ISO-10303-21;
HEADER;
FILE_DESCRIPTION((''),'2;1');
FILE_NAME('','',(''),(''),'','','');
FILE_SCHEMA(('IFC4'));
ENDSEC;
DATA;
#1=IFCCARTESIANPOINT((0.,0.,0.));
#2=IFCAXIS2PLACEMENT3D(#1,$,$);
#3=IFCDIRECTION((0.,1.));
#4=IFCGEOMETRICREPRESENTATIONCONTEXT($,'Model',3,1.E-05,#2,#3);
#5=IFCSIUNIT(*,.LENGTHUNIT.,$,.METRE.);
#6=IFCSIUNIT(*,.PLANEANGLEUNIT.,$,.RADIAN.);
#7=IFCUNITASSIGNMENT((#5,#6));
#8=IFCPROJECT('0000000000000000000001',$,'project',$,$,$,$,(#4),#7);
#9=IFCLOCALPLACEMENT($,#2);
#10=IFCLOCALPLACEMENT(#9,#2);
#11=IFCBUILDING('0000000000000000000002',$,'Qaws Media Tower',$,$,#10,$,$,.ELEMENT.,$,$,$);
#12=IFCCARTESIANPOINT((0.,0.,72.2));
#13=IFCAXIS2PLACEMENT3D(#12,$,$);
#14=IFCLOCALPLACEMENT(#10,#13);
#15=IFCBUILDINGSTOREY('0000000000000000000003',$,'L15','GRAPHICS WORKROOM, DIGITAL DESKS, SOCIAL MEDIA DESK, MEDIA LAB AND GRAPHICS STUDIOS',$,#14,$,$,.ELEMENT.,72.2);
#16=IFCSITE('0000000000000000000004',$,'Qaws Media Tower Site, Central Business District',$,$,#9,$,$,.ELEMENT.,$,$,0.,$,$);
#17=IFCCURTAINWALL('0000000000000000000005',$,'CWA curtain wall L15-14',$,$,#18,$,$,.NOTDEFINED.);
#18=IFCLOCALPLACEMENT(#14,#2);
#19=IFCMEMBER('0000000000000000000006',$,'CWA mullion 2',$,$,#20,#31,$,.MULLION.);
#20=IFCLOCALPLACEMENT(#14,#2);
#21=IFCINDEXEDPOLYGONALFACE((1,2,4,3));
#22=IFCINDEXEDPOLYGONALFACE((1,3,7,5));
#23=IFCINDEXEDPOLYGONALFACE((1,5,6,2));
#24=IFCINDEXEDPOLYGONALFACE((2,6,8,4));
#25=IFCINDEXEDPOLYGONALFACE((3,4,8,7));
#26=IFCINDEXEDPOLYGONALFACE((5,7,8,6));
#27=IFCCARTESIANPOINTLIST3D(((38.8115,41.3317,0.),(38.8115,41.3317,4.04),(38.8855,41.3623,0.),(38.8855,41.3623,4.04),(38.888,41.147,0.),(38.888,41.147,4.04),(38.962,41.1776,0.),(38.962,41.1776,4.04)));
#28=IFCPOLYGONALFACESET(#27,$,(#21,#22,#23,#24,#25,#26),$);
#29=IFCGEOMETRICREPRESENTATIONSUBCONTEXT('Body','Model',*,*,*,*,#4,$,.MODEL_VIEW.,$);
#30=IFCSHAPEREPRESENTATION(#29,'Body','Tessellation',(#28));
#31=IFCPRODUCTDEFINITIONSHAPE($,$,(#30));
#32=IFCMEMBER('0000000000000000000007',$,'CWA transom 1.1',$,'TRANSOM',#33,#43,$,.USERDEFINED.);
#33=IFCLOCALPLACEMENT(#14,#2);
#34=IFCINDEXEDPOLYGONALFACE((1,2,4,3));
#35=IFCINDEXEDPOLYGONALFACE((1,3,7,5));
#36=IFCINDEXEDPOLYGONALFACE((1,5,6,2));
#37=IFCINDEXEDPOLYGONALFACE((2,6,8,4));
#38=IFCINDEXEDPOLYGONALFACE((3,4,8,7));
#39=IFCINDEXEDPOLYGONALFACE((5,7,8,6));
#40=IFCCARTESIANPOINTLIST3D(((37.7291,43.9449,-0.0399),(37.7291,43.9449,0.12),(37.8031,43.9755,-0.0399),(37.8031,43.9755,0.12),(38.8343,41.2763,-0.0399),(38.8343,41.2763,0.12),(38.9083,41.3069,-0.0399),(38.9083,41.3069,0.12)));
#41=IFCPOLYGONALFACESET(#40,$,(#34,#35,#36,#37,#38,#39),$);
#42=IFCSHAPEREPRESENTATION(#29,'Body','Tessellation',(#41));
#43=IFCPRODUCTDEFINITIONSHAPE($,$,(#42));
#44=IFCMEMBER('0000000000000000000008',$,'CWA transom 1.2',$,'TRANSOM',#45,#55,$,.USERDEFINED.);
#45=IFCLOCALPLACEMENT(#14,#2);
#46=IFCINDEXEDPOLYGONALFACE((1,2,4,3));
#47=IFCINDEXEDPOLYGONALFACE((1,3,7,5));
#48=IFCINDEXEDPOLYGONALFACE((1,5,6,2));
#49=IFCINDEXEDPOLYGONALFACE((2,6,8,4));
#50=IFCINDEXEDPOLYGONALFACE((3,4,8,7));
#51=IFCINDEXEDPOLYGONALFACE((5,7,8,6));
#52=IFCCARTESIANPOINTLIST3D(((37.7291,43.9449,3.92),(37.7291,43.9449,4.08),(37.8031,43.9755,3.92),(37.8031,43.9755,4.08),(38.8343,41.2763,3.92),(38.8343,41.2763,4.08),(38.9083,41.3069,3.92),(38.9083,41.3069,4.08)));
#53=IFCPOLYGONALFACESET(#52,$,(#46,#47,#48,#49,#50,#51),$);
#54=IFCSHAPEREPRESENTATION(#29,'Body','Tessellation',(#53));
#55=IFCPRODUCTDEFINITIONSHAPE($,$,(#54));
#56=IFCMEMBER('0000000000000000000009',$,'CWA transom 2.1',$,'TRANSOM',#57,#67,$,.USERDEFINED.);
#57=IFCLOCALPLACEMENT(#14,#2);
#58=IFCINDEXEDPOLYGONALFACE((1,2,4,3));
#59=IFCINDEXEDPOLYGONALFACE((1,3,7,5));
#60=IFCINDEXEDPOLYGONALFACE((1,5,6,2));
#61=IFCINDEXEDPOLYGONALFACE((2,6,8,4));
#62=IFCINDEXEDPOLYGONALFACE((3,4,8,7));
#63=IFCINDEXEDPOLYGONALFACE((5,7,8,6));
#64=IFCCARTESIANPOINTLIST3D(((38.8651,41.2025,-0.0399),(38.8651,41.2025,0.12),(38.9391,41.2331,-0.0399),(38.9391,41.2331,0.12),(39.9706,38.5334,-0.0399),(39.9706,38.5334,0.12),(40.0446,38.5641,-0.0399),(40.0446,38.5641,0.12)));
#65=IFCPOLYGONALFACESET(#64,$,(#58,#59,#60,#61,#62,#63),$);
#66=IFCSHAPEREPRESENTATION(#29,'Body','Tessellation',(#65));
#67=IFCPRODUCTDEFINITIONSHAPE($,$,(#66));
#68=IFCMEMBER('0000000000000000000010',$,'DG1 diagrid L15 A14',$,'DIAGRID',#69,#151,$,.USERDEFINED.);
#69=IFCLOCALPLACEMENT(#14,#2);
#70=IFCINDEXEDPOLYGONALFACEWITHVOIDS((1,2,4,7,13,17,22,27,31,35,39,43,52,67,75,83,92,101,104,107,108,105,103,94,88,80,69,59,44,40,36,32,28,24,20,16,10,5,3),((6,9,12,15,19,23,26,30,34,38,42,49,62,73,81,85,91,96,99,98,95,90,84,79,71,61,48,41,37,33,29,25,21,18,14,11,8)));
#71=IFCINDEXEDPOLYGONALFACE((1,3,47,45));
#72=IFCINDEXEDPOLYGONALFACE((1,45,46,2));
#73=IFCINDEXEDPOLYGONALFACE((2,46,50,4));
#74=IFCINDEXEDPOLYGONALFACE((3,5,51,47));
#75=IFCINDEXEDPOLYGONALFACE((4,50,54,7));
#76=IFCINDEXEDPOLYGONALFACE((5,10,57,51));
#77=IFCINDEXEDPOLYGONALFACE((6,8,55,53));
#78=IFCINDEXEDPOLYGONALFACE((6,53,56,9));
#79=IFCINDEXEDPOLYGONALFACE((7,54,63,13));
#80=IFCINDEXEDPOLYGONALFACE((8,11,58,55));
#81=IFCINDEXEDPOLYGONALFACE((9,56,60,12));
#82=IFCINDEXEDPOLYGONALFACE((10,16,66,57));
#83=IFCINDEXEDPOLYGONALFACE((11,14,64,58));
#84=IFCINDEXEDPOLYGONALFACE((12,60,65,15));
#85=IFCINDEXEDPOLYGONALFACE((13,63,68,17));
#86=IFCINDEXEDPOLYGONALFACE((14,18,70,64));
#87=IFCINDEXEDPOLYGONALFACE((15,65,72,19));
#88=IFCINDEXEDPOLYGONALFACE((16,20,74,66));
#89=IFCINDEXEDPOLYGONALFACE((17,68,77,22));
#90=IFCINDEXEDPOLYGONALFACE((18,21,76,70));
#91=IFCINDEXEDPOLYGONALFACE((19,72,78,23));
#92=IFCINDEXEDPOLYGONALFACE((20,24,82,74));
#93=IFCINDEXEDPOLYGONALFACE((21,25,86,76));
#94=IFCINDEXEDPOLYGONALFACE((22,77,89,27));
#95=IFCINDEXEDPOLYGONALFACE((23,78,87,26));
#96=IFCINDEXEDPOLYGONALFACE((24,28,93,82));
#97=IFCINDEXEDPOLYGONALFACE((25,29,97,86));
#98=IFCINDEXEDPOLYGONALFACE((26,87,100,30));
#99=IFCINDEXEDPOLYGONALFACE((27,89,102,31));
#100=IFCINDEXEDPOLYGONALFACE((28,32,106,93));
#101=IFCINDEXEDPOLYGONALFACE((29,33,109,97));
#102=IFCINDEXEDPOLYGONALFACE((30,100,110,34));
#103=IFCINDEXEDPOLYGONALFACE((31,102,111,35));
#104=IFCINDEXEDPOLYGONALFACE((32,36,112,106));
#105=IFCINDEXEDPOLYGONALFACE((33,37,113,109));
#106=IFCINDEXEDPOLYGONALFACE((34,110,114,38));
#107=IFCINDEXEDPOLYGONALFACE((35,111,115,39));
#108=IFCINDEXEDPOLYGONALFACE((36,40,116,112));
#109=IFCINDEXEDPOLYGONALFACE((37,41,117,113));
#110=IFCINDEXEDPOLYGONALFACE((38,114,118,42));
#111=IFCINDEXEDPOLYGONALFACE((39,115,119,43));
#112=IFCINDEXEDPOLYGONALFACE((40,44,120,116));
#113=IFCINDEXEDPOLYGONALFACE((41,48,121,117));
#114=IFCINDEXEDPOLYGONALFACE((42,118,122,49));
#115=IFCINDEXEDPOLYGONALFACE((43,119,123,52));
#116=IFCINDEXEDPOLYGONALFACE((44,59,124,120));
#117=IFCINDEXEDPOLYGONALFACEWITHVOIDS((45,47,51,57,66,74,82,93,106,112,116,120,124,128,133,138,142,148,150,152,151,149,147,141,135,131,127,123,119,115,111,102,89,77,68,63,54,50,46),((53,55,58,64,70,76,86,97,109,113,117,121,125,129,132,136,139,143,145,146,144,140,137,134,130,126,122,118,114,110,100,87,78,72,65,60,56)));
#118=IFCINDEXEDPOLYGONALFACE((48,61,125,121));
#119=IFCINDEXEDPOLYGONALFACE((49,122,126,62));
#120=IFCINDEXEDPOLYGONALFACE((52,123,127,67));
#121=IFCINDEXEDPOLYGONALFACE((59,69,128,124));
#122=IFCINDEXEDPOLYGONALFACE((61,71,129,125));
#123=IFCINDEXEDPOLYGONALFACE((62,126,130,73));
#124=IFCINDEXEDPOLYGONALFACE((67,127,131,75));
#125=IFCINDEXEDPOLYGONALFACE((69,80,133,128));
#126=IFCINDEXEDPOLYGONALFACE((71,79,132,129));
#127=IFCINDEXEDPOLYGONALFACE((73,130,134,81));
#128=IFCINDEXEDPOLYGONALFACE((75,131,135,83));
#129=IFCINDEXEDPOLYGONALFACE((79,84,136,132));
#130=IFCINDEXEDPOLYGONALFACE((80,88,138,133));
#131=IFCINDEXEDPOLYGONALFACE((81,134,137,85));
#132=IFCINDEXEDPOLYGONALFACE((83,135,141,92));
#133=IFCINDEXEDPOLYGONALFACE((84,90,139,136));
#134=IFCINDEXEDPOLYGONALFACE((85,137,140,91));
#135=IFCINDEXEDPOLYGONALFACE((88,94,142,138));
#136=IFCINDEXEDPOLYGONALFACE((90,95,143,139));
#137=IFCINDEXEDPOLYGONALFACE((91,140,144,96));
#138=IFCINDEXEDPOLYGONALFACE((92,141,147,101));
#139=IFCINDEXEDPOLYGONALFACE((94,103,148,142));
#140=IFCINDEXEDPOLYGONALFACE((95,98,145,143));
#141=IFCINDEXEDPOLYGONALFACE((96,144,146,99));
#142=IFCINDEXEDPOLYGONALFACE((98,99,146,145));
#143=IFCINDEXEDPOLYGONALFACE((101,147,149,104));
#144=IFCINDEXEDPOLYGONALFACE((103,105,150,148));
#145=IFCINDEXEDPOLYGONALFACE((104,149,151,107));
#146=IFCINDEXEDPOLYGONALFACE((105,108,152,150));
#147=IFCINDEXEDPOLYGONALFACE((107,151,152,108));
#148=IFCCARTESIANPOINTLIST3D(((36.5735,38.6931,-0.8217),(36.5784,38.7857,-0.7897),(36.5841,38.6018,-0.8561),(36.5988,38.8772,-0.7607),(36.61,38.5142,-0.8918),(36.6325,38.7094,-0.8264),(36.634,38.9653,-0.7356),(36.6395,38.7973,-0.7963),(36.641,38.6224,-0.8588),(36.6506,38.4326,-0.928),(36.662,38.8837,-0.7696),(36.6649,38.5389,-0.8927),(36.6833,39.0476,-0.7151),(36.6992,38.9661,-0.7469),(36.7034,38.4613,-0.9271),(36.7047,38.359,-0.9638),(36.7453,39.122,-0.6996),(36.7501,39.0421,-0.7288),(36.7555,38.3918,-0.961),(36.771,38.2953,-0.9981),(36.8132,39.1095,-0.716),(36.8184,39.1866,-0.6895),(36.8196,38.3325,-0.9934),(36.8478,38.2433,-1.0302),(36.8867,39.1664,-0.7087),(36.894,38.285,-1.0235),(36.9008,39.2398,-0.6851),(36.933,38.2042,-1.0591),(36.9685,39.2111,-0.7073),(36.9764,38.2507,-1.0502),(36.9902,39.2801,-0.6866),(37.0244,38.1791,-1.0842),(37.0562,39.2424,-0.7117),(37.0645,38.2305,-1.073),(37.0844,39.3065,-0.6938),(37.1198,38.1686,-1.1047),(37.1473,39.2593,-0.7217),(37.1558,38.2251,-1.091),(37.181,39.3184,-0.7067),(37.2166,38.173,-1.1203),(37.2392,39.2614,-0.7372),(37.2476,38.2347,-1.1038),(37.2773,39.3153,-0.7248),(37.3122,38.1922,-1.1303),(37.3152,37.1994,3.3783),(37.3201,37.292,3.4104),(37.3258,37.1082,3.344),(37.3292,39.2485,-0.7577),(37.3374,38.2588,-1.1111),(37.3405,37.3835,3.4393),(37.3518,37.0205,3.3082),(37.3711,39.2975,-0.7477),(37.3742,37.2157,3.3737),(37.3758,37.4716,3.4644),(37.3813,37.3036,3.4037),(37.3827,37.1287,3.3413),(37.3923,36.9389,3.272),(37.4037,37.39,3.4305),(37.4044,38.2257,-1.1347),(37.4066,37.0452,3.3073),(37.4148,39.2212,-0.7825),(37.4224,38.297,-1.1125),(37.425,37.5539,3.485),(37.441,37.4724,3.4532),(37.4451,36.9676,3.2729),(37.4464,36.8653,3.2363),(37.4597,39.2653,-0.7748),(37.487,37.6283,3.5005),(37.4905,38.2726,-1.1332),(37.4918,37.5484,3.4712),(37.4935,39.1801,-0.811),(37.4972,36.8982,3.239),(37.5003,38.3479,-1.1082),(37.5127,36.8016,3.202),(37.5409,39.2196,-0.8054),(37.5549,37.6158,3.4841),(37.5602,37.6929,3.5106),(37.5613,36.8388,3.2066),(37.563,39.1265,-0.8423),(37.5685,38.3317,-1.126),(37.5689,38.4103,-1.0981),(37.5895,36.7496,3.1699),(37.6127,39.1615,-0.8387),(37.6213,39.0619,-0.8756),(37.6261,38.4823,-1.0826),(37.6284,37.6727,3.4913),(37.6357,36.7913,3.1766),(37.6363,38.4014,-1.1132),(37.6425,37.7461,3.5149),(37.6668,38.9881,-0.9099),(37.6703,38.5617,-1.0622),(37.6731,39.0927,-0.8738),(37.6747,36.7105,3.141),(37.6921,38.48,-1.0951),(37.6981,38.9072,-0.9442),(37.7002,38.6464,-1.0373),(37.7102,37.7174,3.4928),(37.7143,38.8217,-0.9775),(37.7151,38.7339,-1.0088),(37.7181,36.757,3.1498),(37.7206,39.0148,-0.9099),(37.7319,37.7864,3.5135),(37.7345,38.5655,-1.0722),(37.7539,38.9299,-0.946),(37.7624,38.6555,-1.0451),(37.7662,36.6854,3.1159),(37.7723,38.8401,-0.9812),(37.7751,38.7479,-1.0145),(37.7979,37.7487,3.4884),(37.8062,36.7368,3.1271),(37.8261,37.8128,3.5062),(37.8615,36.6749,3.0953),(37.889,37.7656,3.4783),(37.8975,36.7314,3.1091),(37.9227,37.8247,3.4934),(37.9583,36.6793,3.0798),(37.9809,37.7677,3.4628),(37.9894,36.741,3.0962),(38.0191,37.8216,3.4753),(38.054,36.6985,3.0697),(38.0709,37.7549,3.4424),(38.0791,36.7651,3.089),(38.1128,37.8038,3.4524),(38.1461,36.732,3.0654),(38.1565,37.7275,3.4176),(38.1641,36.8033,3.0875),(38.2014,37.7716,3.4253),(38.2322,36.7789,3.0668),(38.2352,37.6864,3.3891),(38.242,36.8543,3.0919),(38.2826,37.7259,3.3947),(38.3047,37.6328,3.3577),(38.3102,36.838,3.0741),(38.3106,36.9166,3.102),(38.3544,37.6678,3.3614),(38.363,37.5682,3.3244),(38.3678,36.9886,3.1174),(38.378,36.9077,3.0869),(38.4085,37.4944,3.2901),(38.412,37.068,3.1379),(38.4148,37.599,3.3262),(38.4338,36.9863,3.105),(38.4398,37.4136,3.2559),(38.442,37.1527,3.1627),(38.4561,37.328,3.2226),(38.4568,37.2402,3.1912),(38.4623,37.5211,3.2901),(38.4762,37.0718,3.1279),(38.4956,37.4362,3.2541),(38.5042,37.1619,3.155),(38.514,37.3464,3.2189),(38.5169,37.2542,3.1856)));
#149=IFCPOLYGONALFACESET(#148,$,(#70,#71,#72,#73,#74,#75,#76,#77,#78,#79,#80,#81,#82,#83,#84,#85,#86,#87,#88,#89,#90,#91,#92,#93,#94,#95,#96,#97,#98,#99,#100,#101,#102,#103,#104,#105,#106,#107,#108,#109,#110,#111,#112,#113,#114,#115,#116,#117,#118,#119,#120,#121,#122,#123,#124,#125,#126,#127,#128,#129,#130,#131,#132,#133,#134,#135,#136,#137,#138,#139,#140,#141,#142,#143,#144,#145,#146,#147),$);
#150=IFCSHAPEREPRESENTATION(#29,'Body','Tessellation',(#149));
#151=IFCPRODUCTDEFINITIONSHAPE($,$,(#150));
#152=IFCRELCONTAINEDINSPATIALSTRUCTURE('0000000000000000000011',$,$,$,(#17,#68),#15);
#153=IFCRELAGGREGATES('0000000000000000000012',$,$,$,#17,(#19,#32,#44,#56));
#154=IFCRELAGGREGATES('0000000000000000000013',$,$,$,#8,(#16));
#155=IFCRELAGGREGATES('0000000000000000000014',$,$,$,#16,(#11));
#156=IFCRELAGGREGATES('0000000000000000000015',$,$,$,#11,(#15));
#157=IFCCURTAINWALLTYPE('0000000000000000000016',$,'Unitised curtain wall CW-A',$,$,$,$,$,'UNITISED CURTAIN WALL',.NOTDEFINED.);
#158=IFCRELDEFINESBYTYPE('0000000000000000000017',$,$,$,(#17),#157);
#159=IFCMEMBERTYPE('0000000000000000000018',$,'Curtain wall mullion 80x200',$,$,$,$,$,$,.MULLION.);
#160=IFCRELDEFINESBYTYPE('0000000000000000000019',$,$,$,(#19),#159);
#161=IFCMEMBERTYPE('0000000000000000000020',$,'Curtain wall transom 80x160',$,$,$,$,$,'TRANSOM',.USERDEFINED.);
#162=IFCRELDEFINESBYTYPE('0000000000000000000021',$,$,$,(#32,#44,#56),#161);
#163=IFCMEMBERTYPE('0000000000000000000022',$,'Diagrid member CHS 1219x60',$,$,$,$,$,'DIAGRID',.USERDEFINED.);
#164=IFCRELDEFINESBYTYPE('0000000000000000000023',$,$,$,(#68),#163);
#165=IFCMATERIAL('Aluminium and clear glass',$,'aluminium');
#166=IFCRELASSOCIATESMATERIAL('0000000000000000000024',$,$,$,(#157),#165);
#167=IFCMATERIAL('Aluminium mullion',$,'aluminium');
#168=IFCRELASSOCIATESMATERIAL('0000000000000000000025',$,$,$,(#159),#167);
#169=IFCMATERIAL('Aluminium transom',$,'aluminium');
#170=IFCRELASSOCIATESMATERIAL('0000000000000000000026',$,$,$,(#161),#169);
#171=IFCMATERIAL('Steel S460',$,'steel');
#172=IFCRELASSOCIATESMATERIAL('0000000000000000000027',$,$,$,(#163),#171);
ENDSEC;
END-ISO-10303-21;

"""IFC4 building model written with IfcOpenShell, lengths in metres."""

from ifc_helpers import new_model, si_unit, direction, frame, origin, origin_2d, place, context, subcontext, project, spatial, rectangle, hollow_circle, extrude, material, material_profile, profile_set, type_object, element, aggregate, save


model = new_model("IFC4")

# Units and contexts
model_context = context("Model", 3, precision=1e-05, world=origin(), true_north=direction((0.0, 1.0)))
body_context = subcontext(model_context, "Body", "Model", "MODEL_VIEW")
ifc_project = project(units=[si_unit("LENGTHUNIT", "METRE"), si_unit("PLANEANGLEUNIT", "RADIAN")], contexts=[model_context])

# Site, building, storey
site_placement = place(None, origin())
site = spatial("IfcSite", under=ifc_project, at=site_placement, Name="Qaws Media Tower Site, Central Business District", CompositionType="ELEMENT", RefElevation=0.0)
building_placement = place(site_placement, origin())
building = spatial("IfcBuilding", under=site, at=building_placement, Name="Qaws Media Tower", CompositionType="ELEMENT")
storey_placement = place(building_placement, frame((0.0, 0.0, 72.2)))
storey = spatial("IfcBuildingStorey", under=building, at=storey_placement, Name="L15", Description="GRAPHICS WORKROOM, DIGITAL DESKS, SOCIAL MEDIA DESK, MEDIA LAB AND GRAPHICS STUDIOS", CompositionType="ELEMENT", Elevation=72.2)

# Curtain wall, members
ifc_material_1 = material(Name="Aluminium and clear glass", Category="aluminium")
curtain_wall_type = type_object("IfcCurtainWallType", Name="Unitised curtain wall CW-A", ElementType="UNITISED CURTAIN WALL", PredefinedType="NOTDEFINED", material=ifc_material_1)
curtain_wall_placement = place(storey_placement, origin())
curtain_wall = element("IfcCurtainWall", 1, at=curtain_wall_placement, inside=storey, type_object=curtain_wall_type, Name="CWA curtain wall L15-14", PredefinedType="NOTDEFINED")
ifc_material_2 = material(Name="Aluminium mullion", Category="aluminium")
ifc_material_profile_1 = material_profile(ifc_material_2, rectangle(XDim=0.0801, YDim=0.2, at=origin_2d()), Name="80x200")
ifc_profile_set_1 = profile_set([ifc_material_profile_1], Name="Aluminium mullion")
member_type_1 = type_object("IfcMemberType", Name="Curtain wall mullion 80x200", PredefinedType="MULLION", material=ifc_profile_set_1)
member_1_placement = place(storey_placement, frame((38.8867, 41.2546, 0.0), z_axis=(0.0, 0.0, 1.0), x_axis=(0.92388, 0.382683, 0.0)))
member_1 = element("IfcMember", 2, at=member_1_placement, type_object=member_type_1, Name="CWA mullion 2", PredefinedType="MULLION", context=body_context, shape_type="SweptSolid", body=[
    extrude(rectangle(XDim=0.0801, YDim=0.2, at=origin_2d()), origin(), (0.0, 0.0, 1.0), 4.04),
])
ifc_material_3 = material(Name="Aluminium transom", Category="aluminium")
ifc_material_profile_2 = material_profile(ifc_material_3, rectangle(XDim=0.0801, YDim=0.1599, at=origin_2d()), Name="80x160")
ifc_profile_set_2 = profile_set([ifc_material_profile_2], Name="Aluminium transom")
member_type_2 = type_object("IfcMemberType", Name="Curtain wall transom 80x160", ElementType="TRANSOM", PredefinedType="USERDEFINED", material=ifc_profile_set_2)
member_2_placement = place(storey_placement, frame((37.7661, 43.9602, 0.04), z_axis=(0.382628, -0.923902, 0.0), x_axis=(0.923902, 0.382628, 0.0)))
member_2 = element("IfcMember", 3, at=member_2_placement, type_object=member_type_2, Name="CWA transom 1.1", ObjectType="TRANSOM", PredefinedType="USERDEFINED", context=body_context, shape_type="SweptSolid", body=[
    extrude(rectangle(XDim=0.0801, YDim=0.1599, at=origin_2d()), origin(), (0.0, 0.0, 1.0), 2.8884),
])
member_3_placement = place(storey_placement, frame((37.7661, 43.9602, 4.0), z_axis=(0.382628, -0.923902, 0.0), x_axis=(0.923902, 0.382628, 0.0)))
member_3 = element("IfcMember", 4, at=member_3_placement, type_object=member_type_2, Name="CWA transom 1.2", ObjectType="TRANSOM", PredefinedType="USERDEFINED", context=body_context, shape_type="SweptSolid", body=[
    extrude(rectangle(XDim=0.0801, YDim=0.1599, at=origin_2d()), origin(), (0.0, 0.0, 1.0), 2.8884),
])
member_4_placement = place(storey_placement, frame((38.9021, 41.2178, 0.04), z_axis=(0.38267, -0.923885, 0.0), x_axis=(0.923885, 0.38267, 0.0)))
member_4 = element("IfcMember", 5, at=member_4_placement, type_object=member_type_2, Name="CWA transom 2.1", ObjectType="TRANSOM", PredefinedType="USERDEFINED", context=body_context, shape_type="SweptSolid", body=[
    extrude(rectangle(XDim=0.0801, YDim=0.1599, at=origin_2d()), origin(), (0.0, 0.0, 1.0), 2.8889),
])

# Member
ifc_material_4 = material(Name="Steel S460", Category="steel")
ifc_material_profile_3 = material_profile(ifc_material_4, hollow_circle(Radius=0.6096, WallThickness=0.0601, at=origin_2d()), Name="CHS 1219x60")
ifc_profile_set_3 = profile_set([ifc_material_profile_3], Name="Steel S460")
member_type_3 = type_object("IfcMemberType", Name="Diagrid member CHS 1219x60", ElementType="DIAGRID", PredefinedType="USERDEFINED", material=ifc_profile_set_3)
for number, where, z_axis, x_axis, name in (
    (6, (37.1746, 38.7437, -0.9099), (0.164132, -0.330532, 0.929413), (0.895654, 0.444752, 0.0), "DG1 diagrid L15 A14"),
):
    element("IfcMember", number, at=place(storey_placement, frame(where, z_axis=z_axis, x_axis=x_axis)), inside=storey, type_object=member_type_3, Name=name, ObjectType="DIAGRID", PredefinedType="USERDEFINED", context=body_context, shape_type="SweptSolid", body=[
        extrude(hollow_circle(Radius=0.6096, WallThickness=0.0601, at=origin_2d()), origin(), (0.0, 0.0, 1.0), 4.519),
    ])

aggregate(curtain_wall, [member_1, member_2, member_3, member_4])

save(model, "model.ifc")
